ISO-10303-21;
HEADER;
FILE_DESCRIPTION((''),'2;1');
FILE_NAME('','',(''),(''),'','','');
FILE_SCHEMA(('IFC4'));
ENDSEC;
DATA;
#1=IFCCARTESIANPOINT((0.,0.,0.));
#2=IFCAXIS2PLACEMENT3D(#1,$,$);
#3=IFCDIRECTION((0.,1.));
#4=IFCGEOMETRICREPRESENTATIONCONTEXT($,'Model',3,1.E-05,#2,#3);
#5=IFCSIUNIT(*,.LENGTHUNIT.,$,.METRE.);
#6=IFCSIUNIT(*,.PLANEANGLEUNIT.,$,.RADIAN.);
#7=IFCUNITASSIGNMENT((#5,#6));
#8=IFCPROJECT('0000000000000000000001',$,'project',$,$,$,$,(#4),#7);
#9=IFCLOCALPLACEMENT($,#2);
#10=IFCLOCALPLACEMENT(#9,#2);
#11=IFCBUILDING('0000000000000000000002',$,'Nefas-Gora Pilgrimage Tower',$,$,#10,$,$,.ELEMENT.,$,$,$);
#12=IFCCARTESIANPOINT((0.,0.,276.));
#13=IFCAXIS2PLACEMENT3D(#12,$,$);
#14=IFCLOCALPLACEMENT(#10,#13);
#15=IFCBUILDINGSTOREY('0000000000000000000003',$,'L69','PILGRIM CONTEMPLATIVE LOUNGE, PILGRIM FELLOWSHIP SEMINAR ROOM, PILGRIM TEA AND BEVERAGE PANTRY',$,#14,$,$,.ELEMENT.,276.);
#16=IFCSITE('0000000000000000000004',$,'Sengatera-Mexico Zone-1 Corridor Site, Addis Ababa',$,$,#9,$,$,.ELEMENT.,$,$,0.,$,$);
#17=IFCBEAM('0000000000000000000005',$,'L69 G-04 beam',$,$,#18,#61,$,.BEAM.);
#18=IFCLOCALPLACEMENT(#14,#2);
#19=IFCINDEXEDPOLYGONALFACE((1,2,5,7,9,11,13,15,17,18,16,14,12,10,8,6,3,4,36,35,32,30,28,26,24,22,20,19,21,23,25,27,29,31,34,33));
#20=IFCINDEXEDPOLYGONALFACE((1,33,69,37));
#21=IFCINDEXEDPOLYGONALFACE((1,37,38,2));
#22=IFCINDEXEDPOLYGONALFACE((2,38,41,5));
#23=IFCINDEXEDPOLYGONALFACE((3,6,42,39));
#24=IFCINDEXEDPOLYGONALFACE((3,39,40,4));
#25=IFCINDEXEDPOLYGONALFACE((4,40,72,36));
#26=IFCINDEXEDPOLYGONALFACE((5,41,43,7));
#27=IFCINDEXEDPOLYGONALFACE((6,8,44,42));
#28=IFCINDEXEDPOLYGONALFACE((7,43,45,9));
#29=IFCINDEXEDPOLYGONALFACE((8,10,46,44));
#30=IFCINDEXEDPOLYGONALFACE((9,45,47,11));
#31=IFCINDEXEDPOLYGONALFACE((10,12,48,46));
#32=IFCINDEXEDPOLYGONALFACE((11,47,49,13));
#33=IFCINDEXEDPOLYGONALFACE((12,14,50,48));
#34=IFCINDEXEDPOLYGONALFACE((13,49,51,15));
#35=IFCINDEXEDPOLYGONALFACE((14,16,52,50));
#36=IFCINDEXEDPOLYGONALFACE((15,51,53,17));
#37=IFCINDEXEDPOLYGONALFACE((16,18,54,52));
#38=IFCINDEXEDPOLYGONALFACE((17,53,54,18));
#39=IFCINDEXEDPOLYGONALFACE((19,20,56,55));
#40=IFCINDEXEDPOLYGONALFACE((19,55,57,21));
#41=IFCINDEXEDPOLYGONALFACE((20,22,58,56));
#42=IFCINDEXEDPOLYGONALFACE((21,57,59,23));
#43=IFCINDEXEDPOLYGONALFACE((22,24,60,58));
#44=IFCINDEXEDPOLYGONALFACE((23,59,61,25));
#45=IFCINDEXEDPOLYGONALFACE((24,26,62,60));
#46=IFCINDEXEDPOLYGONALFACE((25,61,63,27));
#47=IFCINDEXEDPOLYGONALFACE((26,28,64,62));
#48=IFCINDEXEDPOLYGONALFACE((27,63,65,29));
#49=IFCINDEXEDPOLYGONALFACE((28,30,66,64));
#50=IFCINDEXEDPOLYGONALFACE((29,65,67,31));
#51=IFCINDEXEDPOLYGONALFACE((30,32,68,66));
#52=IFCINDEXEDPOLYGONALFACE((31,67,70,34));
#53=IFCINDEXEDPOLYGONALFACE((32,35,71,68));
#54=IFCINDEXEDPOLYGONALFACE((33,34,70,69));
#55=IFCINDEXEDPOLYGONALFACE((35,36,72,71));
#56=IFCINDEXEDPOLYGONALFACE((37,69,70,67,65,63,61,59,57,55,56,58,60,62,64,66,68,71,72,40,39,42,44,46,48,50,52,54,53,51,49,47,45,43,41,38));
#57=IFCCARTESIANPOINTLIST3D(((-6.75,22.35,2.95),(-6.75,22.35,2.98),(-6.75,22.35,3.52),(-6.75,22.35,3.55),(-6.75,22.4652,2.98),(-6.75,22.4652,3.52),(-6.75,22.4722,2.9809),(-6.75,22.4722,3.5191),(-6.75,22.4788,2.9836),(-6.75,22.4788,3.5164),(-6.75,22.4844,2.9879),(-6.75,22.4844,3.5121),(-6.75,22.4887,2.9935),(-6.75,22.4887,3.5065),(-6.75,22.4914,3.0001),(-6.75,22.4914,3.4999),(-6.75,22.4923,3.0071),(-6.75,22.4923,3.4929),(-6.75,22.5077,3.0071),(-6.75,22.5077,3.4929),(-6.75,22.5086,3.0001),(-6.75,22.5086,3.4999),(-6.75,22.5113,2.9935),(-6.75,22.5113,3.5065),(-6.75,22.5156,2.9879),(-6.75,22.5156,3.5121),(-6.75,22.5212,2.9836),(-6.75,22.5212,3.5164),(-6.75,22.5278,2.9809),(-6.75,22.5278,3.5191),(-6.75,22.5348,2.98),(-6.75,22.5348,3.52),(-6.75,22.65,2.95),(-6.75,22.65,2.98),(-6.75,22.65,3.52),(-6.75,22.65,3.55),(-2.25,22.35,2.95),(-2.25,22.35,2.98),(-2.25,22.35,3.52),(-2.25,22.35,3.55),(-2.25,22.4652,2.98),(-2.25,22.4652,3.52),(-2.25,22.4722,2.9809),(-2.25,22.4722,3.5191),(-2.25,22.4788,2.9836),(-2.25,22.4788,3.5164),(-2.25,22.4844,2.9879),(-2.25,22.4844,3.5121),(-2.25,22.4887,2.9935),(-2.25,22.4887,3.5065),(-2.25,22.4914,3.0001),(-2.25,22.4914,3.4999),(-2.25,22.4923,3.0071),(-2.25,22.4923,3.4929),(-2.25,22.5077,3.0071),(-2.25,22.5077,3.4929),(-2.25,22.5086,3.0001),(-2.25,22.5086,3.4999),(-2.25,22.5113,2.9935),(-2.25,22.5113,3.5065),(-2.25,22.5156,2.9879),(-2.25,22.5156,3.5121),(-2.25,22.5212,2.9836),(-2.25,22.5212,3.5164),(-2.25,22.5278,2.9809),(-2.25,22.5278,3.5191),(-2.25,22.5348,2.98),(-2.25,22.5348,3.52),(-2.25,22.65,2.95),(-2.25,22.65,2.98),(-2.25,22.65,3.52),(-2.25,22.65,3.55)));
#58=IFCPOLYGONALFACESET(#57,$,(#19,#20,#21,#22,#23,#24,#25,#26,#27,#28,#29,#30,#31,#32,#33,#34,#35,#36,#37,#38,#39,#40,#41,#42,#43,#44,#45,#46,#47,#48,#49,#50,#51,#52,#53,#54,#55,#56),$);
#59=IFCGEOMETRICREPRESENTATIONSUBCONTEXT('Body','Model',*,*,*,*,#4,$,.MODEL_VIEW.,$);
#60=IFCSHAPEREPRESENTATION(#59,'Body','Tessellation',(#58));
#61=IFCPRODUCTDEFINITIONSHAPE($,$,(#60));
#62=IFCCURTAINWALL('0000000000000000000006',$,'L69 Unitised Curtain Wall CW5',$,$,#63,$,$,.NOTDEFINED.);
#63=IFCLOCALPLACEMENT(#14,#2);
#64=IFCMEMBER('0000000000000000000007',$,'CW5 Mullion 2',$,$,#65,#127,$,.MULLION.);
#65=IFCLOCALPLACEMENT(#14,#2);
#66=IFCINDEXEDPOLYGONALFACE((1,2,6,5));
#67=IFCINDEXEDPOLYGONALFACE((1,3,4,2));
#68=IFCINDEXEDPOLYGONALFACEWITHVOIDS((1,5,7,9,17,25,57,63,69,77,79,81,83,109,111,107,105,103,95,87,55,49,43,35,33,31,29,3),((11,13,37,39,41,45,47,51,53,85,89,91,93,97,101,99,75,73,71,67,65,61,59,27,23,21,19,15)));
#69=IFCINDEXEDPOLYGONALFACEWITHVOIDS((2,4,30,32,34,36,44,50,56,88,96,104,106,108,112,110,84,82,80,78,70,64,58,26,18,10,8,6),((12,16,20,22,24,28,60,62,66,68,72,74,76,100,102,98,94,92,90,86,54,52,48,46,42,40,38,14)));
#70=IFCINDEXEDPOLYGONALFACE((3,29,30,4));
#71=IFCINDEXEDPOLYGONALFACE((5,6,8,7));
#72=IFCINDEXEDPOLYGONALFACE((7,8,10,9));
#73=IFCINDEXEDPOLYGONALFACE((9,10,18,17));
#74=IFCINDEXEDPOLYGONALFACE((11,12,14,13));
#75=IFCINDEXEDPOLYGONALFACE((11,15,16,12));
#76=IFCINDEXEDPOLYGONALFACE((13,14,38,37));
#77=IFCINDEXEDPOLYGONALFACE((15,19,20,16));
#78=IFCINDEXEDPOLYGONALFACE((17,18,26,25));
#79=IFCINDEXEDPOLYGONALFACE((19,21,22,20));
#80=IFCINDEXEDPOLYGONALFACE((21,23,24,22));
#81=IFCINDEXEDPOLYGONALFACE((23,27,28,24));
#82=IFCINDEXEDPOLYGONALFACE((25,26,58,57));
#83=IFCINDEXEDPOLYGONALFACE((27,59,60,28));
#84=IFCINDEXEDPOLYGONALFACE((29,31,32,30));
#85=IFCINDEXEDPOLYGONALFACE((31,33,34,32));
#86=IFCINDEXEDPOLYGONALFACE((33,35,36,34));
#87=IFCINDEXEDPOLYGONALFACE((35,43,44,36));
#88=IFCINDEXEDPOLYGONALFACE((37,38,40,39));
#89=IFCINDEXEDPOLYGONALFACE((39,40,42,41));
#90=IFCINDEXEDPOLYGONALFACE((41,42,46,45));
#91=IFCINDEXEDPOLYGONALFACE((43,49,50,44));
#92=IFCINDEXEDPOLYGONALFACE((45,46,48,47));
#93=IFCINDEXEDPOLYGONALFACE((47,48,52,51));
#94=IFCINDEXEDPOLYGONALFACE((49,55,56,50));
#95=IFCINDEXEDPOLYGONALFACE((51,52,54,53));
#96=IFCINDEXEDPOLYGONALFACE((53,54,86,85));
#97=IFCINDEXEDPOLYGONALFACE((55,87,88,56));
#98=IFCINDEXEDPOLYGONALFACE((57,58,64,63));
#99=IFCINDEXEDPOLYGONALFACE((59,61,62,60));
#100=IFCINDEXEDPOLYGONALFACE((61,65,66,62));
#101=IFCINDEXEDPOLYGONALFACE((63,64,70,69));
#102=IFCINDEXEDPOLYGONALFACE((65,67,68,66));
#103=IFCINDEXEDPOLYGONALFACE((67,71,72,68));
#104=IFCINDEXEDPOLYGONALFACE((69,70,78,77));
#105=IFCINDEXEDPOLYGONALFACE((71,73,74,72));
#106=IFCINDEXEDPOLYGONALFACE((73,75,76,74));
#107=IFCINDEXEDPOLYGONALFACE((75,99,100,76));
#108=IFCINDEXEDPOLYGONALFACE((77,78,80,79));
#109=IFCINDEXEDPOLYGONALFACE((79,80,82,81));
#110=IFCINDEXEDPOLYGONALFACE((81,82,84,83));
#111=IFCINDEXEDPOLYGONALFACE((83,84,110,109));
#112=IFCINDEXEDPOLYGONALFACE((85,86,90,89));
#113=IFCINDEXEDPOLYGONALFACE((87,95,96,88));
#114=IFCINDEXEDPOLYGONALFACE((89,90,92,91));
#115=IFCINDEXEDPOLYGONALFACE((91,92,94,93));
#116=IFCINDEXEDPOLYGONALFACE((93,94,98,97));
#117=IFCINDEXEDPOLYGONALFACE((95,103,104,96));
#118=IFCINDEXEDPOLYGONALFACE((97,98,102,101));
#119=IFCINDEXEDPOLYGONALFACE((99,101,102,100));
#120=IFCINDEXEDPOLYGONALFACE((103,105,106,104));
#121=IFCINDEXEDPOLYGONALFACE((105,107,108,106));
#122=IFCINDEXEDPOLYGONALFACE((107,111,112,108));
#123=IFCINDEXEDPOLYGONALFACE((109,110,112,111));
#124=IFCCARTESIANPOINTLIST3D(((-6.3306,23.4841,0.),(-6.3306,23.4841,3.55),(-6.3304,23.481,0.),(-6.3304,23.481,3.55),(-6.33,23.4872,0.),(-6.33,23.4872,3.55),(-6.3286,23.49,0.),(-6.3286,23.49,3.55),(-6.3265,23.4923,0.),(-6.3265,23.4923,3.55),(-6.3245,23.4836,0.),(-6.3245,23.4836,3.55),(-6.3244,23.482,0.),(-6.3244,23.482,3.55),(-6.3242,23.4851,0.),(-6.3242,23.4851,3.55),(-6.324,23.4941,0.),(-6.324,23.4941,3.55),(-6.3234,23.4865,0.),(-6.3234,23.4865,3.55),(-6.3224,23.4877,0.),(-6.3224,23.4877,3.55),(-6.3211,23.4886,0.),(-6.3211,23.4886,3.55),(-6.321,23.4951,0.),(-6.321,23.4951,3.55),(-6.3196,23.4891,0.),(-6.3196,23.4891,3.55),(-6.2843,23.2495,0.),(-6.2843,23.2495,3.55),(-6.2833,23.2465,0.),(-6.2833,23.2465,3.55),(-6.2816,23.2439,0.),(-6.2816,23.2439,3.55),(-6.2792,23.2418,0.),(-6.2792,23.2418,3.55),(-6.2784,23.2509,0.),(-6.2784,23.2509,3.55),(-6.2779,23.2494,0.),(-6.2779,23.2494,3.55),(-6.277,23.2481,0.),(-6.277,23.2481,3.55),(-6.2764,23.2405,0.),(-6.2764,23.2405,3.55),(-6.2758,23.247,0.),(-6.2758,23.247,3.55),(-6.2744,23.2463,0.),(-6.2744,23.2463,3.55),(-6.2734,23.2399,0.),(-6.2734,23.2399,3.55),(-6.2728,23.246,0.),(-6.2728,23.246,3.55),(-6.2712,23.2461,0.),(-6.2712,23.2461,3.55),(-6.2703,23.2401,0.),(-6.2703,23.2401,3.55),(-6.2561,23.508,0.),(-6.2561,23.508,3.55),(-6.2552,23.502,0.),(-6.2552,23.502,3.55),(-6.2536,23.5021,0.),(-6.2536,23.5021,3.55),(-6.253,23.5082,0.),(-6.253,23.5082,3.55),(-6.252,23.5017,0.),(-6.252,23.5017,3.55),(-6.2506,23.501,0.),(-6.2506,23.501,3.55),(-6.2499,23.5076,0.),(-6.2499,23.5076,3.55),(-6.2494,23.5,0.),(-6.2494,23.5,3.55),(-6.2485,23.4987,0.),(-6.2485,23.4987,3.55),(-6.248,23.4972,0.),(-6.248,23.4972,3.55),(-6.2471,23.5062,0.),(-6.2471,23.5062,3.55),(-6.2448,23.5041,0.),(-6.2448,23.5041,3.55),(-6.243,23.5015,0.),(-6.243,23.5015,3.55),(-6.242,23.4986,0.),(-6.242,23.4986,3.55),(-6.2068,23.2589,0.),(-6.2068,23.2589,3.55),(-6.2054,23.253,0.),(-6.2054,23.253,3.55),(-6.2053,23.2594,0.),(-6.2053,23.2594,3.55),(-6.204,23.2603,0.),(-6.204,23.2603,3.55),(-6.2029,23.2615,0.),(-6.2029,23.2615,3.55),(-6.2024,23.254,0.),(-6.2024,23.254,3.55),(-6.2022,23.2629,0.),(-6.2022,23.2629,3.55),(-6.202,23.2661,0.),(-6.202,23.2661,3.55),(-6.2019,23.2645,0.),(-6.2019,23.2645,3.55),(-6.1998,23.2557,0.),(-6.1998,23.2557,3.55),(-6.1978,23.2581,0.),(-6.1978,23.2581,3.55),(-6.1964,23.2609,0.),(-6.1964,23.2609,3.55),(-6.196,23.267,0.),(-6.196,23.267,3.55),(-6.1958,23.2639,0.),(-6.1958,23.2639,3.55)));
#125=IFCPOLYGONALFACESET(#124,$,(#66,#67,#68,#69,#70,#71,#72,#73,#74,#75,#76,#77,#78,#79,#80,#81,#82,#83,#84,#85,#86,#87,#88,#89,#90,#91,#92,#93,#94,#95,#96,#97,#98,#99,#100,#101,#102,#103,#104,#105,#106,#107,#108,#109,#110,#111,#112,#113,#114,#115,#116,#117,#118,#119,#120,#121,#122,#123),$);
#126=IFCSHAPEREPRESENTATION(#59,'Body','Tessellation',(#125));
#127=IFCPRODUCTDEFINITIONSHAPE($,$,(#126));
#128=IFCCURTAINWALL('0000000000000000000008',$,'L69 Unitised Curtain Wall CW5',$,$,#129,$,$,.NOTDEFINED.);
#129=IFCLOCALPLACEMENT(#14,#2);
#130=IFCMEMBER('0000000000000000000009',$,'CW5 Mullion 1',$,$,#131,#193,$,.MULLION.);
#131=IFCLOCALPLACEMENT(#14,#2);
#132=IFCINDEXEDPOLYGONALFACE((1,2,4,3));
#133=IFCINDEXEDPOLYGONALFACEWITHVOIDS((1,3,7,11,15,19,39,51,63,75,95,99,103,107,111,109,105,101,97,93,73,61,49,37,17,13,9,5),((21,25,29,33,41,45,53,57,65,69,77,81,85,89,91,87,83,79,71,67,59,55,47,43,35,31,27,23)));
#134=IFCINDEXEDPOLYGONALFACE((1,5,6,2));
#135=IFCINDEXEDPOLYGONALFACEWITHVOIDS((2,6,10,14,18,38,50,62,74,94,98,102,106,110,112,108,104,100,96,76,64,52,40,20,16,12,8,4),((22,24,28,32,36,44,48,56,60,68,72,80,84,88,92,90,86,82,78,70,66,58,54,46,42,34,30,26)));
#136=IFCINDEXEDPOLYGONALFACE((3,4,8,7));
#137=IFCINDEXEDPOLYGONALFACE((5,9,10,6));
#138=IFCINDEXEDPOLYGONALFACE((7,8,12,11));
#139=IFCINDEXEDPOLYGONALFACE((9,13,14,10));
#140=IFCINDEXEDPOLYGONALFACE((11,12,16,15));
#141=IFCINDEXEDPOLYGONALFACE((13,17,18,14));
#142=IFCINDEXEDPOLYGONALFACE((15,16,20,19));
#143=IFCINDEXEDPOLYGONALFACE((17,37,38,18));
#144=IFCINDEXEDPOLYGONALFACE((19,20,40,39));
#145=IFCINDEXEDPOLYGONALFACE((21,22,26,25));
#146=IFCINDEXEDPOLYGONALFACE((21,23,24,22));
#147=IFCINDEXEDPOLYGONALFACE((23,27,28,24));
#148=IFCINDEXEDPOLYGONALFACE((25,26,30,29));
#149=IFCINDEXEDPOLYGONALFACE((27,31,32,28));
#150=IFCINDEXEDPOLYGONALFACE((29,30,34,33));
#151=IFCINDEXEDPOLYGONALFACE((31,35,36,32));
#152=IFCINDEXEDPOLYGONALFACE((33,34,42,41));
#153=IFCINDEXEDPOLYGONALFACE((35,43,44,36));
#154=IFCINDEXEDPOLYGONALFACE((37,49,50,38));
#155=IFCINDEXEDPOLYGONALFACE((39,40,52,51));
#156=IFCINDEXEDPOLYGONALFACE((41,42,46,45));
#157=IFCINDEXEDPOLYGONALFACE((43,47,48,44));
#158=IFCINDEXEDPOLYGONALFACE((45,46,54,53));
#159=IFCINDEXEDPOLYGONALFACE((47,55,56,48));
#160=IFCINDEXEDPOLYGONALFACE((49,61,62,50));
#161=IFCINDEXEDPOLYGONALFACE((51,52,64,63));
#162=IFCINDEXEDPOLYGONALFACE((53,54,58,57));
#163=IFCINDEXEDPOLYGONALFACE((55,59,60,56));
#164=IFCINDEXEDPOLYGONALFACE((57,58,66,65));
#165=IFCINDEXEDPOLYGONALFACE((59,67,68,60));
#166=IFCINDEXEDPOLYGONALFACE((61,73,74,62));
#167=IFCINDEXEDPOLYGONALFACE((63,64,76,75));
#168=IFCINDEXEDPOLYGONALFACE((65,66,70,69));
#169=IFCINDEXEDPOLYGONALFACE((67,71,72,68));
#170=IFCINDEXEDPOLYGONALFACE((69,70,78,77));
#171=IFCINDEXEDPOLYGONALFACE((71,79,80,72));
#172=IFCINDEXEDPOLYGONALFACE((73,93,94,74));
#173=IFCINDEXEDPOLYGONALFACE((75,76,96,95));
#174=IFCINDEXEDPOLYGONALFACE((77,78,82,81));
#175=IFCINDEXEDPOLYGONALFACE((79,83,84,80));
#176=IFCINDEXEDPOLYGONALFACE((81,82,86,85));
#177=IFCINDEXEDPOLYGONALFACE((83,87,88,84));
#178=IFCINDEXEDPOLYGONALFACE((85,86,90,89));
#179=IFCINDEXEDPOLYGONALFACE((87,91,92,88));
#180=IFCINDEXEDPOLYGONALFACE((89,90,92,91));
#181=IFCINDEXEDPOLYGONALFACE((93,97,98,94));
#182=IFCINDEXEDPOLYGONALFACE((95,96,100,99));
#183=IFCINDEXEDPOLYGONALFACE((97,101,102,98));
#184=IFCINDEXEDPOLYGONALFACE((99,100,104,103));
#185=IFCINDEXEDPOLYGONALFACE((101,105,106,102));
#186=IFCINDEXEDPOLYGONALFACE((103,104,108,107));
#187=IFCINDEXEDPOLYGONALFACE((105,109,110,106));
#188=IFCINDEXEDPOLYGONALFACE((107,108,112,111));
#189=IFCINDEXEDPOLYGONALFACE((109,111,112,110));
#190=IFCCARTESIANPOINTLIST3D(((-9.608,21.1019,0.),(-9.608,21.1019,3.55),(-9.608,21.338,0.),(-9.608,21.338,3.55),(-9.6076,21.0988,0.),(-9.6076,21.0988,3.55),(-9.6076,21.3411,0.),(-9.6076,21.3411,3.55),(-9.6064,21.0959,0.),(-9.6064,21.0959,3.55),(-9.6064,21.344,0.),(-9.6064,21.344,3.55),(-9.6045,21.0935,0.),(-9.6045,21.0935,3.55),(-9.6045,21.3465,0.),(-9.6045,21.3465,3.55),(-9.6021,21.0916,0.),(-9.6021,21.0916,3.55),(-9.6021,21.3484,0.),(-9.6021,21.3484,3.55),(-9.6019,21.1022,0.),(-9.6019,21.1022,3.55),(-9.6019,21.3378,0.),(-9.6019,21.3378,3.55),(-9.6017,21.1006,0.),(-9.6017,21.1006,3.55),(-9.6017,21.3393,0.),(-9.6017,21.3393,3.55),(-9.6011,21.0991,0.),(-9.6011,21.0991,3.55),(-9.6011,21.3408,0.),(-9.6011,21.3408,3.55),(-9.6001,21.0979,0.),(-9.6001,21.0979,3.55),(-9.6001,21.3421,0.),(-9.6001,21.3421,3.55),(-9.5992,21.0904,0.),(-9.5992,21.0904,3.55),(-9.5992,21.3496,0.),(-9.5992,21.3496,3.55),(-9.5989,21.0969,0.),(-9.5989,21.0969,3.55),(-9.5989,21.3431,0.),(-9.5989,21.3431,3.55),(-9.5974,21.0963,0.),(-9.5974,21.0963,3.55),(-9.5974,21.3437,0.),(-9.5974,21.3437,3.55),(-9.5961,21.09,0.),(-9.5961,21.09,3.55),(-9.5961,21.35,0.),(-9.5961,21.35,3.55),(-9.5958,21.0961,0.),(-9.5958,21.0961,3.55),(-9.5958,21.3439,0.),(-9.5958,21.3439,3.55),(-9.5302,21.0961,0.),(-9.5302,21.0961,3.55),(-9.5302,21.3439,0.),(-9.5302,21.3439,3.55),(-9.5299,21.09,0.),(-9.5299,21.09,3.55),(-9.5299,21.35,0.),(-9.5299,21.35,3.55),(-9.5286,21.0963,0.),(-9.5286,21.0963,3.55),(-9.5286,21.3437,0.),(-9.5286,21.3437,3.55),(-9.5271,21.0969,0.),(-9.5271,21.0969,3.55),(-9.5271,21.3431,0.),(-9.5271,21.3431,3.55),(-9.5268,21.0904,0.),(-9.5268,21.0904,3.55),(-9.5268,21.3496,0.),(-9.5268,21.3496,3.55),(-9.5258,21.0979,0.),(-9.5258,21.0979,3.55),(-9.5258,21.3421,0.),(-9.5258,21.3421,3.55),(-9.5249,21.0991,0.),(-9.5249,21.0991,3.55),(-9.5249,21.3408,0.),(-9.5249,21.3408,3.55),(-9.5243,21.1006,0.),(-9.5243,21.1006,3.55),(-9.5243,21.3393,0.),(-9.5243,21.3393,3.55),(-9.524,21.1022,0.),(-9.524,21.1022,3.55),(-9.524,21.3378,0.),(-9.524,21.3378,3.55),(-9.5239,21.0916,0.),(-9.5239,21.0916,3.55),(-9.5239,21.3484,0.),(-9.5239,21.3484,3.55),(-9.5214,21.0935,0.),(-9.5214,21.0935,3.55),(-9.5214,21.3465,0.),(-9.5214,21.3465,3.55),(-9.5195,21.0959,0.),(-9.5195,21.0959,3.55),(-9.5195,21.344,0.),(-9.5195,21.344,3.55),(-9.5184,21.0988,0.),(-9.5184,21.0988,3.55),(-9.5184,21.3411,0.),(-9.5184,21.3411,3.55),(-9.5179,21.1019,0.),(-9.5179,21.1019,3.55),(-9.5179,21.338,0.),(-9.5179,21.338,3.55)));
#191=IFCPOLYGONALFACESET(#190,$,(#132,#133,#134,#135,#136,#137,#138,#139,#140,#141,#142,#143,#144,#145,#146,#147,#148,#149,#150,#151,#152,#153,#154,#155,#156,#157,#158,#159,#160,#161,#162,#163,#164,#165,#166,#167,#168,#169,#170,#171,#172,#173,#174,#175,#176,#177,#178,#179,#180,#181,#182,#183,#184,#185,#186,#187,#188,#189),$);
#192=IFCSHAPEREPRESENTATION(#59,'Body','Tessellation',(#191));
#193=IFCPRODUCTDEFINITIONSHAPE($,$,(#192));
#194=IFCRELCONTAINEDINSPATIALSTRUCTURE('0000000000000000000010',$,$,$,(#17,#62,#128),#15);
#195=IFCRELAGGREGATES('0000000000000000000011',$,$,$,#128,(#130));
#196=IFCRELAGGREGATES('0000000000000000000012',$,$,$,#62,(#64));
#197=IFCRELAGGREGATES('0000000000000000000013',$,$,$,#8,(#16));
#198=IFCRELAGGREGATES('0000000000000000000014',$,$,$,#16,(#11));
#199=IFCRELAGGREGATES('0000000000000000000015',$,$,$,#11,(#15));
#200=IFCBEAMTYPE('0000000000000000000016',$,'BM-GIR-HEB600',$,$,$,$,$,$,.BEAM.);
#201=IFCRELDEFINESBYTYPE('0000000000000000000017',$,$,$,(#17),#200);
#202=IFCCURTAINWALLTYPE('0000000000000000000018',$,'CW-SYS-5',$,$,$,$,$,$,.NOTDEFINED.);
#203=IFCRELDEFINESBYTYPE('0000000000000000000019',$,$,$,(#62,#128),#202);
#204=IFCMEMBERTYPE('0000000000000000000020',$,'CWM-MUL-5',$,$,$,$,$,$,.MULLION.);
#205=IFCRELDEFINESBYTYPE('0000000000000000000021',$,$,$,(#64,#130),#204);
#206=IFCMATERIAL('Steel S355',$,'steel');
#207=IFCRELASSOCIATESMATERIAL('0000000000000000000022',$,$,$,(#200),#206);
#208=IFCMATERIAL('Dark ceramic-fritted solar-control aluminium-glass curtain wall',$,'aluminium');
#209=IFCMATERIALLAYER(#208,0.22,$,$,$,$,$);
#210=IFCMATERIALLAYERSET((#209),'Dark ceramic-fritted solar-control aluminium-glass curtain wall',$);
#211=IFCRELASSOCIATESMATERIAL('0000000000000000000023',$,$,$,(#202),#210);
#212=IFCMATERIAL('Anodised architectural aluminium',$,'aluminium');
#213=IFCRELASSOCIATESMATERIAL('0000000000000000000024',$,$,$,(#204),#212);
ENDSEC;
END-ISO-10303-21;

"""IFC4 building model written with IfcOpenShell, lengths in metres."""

from ifc_helpers import new_model, si_unit, direction, frame, origin, origin_2d, place, context, subcontext, project, spatial, hollow_rectangle, i_section, extrude, source, transform, mapped, material, layer, layer_set, material_profile, profile_set, type_object, element, aggregate, save


model = new_model("IFC4")

# Units and contexts
model_context = context("Model", 3, precision=1e-05, world=origin(), true_north=direction((0.0, 1.0)))
body_context = subcontext(model_context, "Body", "Model", "MODEL_VIEW")
ifc_project = project(units=[si_unit("LENGTHUNIT", "METRE"), si_unit("PLANEANGLEUNIT", "RADIAN")], contexts=[model_context])

# Site, building, storey
site_placement = place(None, origin())
site = spatial("IfcSite", under=ifc_project, at=site_placement, Name="Sengatera-Mexico Zone-1 Corridor Site, Addis Ababa", CompositionType="ELEMENT", RefElevation=0.0)
building_placement = place(site_placement, origin())
building = spatial("IfcBuilding", under=site, at=building_placement, Name="Nefas-Gora Pilgrimage Tower", CompositionType="ELEMENT")
storey_placement = place(building_placement, frame((0.0, 0.0, 276.0)))
storey = spatial("IfcBuildingStorey", under=building, at=storey_placement, Name="L69", Description="PILGRIM CONTEMPLATIVE LOUNGE, PILGRIM FELLOWSHIP SEMINAR ROOM, PILGRIM TEA AND BEVERAGE PANTRY", CompositionType="ELEMENT", Elevation=276.0)

# Shared definitions
ifc_material_1 = material(Name="Steel S355", Category="steel")

# Beam
ifc_material_profile_1 = material_profile(ifc_material_1, i_section(OverallWidth=0.3, OverallDepth=0.6001, WebThickness=0.0154, FlangeThickness=0.03, FilletRadius=0.0271, at=origin_2d()), Name="HEB 600")
ifc_profile_set_1 = profile_set([ifc_material_profile_1], Name="Steel S355")
beam_type = type_object("IfcBeamType", Name="BM-GIR-HEB600", PredefinedType="BEAM", material=ifc_profile_set_1)
shared_shape_1 = source(origin(), body_context, "Body", "SweptSolid", [
    extrude(i_section(OverallWidth=0.3, OverallDepth=0.6001, WebThickness=0.0154, FlangeThickness=0.03, FilletRadius=0.0271, at=origin_2d()), origin(), (0.0, 0.0, 1.0), 4.5),
])
for number, where, z_axis, x_axis, name in (
    (1, (-6.75, 22.5, 3.25), (1.0, 0.0, 0.0), (0.0, 1.0, 0.0), "L69 G-04 beam"),
):
    element("IfcBeam", number, at=place(storey_placement, frame(where, z_axis=z_axis, x_axis=x_axis)), inside=storey, type_object=beam_type, Name=name, PredefinedType="BEAM", context=body_context, shape_type="MappedRepresentation", body=[
        mapped(shared_shape_1, transform((0.0, 0.0, 0.0), x_axis=(1.0, 0.0, 0.0), y_axis=(0.0, 1.0, 0.0), z_axis=(0.0, 0.0, 1.0), scale=1.0)),
    ])

# Curtain wall, member
ifc_material_2 = material(Name="Dark ceramic-fritted solar-control aluminium-glass curtain wall", Category="aluminium")
ifc_layer_1 = layer(ifc_material_2, 0.22)
ifc_layer_set_1 = layer_set([ifc_layer_1], Name="Dark ceramic-fritted solar-control aluminium-glass curtain wall")
curtain_wall_type = type_object("IfcCurtainWallType", Name="CW-SYS-5", PredefinedType="NOTDEFINED", material=ifc_layer_set_1)
curtain_wall_1_placement = place(storey_placement, origin())
curtain_wall_1 = element("IfcCurtainWall", 2, at=curtain_wall_1_placement, inside=storey, type_object=curtain_wall_type, Name="L69 Unitised Curtain Wall CW5", PredefinedType="NOTDEFINED")
ifc_material_3 = material(Name="Anodised architectural aluminium", Category="aluminium")
ifc_material_profile_2 = material_profile(ifc_material_3, hollow_rectangle(XDim=0.0901, YDim=0.26, WallThickness=0.0061, InnerFilletRadius=0.0061, OuterFilletRadius=0.012, at=origin_2d()), Name="ALU MULLION 90x260")
ifc_profile_set_2 = profile_set([ifc_material_profile_2], Name="Anodised architectural aluminium")
member_type_1 = type_object("IfcMemberType", Name="CWM-MUL-5", PredefinedType="MULLION", material=ifc_profile_set_2)
shared_shape_2 = source(origin(), body_context, "Body", "SweptSolid", [
    extrude(hollow_rectangle(XDim=0.0901, YDim=0.26, WallThickness=0.0061, InnerFilletRadius=0.0061, OuterFilletRadius=0.012, at=origin_2d()), origin(), (0.0, 0.0, 1.0), 3.55),
])
member_1_placement = place(storey_placement, frame((-6.2632, 23.374, 0.0), z_axis=(0.0, 0.0, 1.0), x_axis=(-0.980783, -0.195102, 0.0)))
member_1 = element("IfcMember", 3, at=member_1_placement, type_object=member_type_1, Name="CW5 Mullion 2", PredefinedType="MULLION", context=body_context, shape_type="MappedRepresentation", body=[
    mapped(shared_shape_2, transform((0.0, 0.0, 0.0), x_axis=(1.0, 0.0, 0.0), y_axis=(0.0, 1.0, 0.0), z_axis=(0.0, 0.0, 1.0), scale=1.0)),
])

# Curtain wall, member
curtain_wall_2_placement = place(storey_placement, origin())
curtain_wall_2 = element("IfcCurtainWall", 4, at=curtain_wall_2_placement, inside=storey, type_object=curtain_wall_type, Name="L69 Unitised Curtain Wall CW5", PredefinedType="NOTDEFINED")
member_2_placement = place(storey_placement, frame((-9.563, 21.22, 0.0), z_axis=(0.0, 0.0, 1.0), x_axis=(-1.0, 0.0, 0.0)))
member_2 = element("IfcMember", 5, at=member_2_placement, type_object=member_type_1, Name="CW5 Mullion 1", PredefinedType="MULLION", context=body_context, shape_type="MappedRepresentation", body=[
    mapped(shared_shape_2, transform((0.0, 0.0, 0.0), x_axis=(1.0, 0.0, 0.0), y_axis=(0.0, 1.0, 0.0), z_axis=(0.0, 0.0, 1.0), scale=1.0)),
])
aggregate(curtain_wall_2, [member_2])

aggregate(curtain_wall_1, [member_1])

save(model, "model.ifc")
